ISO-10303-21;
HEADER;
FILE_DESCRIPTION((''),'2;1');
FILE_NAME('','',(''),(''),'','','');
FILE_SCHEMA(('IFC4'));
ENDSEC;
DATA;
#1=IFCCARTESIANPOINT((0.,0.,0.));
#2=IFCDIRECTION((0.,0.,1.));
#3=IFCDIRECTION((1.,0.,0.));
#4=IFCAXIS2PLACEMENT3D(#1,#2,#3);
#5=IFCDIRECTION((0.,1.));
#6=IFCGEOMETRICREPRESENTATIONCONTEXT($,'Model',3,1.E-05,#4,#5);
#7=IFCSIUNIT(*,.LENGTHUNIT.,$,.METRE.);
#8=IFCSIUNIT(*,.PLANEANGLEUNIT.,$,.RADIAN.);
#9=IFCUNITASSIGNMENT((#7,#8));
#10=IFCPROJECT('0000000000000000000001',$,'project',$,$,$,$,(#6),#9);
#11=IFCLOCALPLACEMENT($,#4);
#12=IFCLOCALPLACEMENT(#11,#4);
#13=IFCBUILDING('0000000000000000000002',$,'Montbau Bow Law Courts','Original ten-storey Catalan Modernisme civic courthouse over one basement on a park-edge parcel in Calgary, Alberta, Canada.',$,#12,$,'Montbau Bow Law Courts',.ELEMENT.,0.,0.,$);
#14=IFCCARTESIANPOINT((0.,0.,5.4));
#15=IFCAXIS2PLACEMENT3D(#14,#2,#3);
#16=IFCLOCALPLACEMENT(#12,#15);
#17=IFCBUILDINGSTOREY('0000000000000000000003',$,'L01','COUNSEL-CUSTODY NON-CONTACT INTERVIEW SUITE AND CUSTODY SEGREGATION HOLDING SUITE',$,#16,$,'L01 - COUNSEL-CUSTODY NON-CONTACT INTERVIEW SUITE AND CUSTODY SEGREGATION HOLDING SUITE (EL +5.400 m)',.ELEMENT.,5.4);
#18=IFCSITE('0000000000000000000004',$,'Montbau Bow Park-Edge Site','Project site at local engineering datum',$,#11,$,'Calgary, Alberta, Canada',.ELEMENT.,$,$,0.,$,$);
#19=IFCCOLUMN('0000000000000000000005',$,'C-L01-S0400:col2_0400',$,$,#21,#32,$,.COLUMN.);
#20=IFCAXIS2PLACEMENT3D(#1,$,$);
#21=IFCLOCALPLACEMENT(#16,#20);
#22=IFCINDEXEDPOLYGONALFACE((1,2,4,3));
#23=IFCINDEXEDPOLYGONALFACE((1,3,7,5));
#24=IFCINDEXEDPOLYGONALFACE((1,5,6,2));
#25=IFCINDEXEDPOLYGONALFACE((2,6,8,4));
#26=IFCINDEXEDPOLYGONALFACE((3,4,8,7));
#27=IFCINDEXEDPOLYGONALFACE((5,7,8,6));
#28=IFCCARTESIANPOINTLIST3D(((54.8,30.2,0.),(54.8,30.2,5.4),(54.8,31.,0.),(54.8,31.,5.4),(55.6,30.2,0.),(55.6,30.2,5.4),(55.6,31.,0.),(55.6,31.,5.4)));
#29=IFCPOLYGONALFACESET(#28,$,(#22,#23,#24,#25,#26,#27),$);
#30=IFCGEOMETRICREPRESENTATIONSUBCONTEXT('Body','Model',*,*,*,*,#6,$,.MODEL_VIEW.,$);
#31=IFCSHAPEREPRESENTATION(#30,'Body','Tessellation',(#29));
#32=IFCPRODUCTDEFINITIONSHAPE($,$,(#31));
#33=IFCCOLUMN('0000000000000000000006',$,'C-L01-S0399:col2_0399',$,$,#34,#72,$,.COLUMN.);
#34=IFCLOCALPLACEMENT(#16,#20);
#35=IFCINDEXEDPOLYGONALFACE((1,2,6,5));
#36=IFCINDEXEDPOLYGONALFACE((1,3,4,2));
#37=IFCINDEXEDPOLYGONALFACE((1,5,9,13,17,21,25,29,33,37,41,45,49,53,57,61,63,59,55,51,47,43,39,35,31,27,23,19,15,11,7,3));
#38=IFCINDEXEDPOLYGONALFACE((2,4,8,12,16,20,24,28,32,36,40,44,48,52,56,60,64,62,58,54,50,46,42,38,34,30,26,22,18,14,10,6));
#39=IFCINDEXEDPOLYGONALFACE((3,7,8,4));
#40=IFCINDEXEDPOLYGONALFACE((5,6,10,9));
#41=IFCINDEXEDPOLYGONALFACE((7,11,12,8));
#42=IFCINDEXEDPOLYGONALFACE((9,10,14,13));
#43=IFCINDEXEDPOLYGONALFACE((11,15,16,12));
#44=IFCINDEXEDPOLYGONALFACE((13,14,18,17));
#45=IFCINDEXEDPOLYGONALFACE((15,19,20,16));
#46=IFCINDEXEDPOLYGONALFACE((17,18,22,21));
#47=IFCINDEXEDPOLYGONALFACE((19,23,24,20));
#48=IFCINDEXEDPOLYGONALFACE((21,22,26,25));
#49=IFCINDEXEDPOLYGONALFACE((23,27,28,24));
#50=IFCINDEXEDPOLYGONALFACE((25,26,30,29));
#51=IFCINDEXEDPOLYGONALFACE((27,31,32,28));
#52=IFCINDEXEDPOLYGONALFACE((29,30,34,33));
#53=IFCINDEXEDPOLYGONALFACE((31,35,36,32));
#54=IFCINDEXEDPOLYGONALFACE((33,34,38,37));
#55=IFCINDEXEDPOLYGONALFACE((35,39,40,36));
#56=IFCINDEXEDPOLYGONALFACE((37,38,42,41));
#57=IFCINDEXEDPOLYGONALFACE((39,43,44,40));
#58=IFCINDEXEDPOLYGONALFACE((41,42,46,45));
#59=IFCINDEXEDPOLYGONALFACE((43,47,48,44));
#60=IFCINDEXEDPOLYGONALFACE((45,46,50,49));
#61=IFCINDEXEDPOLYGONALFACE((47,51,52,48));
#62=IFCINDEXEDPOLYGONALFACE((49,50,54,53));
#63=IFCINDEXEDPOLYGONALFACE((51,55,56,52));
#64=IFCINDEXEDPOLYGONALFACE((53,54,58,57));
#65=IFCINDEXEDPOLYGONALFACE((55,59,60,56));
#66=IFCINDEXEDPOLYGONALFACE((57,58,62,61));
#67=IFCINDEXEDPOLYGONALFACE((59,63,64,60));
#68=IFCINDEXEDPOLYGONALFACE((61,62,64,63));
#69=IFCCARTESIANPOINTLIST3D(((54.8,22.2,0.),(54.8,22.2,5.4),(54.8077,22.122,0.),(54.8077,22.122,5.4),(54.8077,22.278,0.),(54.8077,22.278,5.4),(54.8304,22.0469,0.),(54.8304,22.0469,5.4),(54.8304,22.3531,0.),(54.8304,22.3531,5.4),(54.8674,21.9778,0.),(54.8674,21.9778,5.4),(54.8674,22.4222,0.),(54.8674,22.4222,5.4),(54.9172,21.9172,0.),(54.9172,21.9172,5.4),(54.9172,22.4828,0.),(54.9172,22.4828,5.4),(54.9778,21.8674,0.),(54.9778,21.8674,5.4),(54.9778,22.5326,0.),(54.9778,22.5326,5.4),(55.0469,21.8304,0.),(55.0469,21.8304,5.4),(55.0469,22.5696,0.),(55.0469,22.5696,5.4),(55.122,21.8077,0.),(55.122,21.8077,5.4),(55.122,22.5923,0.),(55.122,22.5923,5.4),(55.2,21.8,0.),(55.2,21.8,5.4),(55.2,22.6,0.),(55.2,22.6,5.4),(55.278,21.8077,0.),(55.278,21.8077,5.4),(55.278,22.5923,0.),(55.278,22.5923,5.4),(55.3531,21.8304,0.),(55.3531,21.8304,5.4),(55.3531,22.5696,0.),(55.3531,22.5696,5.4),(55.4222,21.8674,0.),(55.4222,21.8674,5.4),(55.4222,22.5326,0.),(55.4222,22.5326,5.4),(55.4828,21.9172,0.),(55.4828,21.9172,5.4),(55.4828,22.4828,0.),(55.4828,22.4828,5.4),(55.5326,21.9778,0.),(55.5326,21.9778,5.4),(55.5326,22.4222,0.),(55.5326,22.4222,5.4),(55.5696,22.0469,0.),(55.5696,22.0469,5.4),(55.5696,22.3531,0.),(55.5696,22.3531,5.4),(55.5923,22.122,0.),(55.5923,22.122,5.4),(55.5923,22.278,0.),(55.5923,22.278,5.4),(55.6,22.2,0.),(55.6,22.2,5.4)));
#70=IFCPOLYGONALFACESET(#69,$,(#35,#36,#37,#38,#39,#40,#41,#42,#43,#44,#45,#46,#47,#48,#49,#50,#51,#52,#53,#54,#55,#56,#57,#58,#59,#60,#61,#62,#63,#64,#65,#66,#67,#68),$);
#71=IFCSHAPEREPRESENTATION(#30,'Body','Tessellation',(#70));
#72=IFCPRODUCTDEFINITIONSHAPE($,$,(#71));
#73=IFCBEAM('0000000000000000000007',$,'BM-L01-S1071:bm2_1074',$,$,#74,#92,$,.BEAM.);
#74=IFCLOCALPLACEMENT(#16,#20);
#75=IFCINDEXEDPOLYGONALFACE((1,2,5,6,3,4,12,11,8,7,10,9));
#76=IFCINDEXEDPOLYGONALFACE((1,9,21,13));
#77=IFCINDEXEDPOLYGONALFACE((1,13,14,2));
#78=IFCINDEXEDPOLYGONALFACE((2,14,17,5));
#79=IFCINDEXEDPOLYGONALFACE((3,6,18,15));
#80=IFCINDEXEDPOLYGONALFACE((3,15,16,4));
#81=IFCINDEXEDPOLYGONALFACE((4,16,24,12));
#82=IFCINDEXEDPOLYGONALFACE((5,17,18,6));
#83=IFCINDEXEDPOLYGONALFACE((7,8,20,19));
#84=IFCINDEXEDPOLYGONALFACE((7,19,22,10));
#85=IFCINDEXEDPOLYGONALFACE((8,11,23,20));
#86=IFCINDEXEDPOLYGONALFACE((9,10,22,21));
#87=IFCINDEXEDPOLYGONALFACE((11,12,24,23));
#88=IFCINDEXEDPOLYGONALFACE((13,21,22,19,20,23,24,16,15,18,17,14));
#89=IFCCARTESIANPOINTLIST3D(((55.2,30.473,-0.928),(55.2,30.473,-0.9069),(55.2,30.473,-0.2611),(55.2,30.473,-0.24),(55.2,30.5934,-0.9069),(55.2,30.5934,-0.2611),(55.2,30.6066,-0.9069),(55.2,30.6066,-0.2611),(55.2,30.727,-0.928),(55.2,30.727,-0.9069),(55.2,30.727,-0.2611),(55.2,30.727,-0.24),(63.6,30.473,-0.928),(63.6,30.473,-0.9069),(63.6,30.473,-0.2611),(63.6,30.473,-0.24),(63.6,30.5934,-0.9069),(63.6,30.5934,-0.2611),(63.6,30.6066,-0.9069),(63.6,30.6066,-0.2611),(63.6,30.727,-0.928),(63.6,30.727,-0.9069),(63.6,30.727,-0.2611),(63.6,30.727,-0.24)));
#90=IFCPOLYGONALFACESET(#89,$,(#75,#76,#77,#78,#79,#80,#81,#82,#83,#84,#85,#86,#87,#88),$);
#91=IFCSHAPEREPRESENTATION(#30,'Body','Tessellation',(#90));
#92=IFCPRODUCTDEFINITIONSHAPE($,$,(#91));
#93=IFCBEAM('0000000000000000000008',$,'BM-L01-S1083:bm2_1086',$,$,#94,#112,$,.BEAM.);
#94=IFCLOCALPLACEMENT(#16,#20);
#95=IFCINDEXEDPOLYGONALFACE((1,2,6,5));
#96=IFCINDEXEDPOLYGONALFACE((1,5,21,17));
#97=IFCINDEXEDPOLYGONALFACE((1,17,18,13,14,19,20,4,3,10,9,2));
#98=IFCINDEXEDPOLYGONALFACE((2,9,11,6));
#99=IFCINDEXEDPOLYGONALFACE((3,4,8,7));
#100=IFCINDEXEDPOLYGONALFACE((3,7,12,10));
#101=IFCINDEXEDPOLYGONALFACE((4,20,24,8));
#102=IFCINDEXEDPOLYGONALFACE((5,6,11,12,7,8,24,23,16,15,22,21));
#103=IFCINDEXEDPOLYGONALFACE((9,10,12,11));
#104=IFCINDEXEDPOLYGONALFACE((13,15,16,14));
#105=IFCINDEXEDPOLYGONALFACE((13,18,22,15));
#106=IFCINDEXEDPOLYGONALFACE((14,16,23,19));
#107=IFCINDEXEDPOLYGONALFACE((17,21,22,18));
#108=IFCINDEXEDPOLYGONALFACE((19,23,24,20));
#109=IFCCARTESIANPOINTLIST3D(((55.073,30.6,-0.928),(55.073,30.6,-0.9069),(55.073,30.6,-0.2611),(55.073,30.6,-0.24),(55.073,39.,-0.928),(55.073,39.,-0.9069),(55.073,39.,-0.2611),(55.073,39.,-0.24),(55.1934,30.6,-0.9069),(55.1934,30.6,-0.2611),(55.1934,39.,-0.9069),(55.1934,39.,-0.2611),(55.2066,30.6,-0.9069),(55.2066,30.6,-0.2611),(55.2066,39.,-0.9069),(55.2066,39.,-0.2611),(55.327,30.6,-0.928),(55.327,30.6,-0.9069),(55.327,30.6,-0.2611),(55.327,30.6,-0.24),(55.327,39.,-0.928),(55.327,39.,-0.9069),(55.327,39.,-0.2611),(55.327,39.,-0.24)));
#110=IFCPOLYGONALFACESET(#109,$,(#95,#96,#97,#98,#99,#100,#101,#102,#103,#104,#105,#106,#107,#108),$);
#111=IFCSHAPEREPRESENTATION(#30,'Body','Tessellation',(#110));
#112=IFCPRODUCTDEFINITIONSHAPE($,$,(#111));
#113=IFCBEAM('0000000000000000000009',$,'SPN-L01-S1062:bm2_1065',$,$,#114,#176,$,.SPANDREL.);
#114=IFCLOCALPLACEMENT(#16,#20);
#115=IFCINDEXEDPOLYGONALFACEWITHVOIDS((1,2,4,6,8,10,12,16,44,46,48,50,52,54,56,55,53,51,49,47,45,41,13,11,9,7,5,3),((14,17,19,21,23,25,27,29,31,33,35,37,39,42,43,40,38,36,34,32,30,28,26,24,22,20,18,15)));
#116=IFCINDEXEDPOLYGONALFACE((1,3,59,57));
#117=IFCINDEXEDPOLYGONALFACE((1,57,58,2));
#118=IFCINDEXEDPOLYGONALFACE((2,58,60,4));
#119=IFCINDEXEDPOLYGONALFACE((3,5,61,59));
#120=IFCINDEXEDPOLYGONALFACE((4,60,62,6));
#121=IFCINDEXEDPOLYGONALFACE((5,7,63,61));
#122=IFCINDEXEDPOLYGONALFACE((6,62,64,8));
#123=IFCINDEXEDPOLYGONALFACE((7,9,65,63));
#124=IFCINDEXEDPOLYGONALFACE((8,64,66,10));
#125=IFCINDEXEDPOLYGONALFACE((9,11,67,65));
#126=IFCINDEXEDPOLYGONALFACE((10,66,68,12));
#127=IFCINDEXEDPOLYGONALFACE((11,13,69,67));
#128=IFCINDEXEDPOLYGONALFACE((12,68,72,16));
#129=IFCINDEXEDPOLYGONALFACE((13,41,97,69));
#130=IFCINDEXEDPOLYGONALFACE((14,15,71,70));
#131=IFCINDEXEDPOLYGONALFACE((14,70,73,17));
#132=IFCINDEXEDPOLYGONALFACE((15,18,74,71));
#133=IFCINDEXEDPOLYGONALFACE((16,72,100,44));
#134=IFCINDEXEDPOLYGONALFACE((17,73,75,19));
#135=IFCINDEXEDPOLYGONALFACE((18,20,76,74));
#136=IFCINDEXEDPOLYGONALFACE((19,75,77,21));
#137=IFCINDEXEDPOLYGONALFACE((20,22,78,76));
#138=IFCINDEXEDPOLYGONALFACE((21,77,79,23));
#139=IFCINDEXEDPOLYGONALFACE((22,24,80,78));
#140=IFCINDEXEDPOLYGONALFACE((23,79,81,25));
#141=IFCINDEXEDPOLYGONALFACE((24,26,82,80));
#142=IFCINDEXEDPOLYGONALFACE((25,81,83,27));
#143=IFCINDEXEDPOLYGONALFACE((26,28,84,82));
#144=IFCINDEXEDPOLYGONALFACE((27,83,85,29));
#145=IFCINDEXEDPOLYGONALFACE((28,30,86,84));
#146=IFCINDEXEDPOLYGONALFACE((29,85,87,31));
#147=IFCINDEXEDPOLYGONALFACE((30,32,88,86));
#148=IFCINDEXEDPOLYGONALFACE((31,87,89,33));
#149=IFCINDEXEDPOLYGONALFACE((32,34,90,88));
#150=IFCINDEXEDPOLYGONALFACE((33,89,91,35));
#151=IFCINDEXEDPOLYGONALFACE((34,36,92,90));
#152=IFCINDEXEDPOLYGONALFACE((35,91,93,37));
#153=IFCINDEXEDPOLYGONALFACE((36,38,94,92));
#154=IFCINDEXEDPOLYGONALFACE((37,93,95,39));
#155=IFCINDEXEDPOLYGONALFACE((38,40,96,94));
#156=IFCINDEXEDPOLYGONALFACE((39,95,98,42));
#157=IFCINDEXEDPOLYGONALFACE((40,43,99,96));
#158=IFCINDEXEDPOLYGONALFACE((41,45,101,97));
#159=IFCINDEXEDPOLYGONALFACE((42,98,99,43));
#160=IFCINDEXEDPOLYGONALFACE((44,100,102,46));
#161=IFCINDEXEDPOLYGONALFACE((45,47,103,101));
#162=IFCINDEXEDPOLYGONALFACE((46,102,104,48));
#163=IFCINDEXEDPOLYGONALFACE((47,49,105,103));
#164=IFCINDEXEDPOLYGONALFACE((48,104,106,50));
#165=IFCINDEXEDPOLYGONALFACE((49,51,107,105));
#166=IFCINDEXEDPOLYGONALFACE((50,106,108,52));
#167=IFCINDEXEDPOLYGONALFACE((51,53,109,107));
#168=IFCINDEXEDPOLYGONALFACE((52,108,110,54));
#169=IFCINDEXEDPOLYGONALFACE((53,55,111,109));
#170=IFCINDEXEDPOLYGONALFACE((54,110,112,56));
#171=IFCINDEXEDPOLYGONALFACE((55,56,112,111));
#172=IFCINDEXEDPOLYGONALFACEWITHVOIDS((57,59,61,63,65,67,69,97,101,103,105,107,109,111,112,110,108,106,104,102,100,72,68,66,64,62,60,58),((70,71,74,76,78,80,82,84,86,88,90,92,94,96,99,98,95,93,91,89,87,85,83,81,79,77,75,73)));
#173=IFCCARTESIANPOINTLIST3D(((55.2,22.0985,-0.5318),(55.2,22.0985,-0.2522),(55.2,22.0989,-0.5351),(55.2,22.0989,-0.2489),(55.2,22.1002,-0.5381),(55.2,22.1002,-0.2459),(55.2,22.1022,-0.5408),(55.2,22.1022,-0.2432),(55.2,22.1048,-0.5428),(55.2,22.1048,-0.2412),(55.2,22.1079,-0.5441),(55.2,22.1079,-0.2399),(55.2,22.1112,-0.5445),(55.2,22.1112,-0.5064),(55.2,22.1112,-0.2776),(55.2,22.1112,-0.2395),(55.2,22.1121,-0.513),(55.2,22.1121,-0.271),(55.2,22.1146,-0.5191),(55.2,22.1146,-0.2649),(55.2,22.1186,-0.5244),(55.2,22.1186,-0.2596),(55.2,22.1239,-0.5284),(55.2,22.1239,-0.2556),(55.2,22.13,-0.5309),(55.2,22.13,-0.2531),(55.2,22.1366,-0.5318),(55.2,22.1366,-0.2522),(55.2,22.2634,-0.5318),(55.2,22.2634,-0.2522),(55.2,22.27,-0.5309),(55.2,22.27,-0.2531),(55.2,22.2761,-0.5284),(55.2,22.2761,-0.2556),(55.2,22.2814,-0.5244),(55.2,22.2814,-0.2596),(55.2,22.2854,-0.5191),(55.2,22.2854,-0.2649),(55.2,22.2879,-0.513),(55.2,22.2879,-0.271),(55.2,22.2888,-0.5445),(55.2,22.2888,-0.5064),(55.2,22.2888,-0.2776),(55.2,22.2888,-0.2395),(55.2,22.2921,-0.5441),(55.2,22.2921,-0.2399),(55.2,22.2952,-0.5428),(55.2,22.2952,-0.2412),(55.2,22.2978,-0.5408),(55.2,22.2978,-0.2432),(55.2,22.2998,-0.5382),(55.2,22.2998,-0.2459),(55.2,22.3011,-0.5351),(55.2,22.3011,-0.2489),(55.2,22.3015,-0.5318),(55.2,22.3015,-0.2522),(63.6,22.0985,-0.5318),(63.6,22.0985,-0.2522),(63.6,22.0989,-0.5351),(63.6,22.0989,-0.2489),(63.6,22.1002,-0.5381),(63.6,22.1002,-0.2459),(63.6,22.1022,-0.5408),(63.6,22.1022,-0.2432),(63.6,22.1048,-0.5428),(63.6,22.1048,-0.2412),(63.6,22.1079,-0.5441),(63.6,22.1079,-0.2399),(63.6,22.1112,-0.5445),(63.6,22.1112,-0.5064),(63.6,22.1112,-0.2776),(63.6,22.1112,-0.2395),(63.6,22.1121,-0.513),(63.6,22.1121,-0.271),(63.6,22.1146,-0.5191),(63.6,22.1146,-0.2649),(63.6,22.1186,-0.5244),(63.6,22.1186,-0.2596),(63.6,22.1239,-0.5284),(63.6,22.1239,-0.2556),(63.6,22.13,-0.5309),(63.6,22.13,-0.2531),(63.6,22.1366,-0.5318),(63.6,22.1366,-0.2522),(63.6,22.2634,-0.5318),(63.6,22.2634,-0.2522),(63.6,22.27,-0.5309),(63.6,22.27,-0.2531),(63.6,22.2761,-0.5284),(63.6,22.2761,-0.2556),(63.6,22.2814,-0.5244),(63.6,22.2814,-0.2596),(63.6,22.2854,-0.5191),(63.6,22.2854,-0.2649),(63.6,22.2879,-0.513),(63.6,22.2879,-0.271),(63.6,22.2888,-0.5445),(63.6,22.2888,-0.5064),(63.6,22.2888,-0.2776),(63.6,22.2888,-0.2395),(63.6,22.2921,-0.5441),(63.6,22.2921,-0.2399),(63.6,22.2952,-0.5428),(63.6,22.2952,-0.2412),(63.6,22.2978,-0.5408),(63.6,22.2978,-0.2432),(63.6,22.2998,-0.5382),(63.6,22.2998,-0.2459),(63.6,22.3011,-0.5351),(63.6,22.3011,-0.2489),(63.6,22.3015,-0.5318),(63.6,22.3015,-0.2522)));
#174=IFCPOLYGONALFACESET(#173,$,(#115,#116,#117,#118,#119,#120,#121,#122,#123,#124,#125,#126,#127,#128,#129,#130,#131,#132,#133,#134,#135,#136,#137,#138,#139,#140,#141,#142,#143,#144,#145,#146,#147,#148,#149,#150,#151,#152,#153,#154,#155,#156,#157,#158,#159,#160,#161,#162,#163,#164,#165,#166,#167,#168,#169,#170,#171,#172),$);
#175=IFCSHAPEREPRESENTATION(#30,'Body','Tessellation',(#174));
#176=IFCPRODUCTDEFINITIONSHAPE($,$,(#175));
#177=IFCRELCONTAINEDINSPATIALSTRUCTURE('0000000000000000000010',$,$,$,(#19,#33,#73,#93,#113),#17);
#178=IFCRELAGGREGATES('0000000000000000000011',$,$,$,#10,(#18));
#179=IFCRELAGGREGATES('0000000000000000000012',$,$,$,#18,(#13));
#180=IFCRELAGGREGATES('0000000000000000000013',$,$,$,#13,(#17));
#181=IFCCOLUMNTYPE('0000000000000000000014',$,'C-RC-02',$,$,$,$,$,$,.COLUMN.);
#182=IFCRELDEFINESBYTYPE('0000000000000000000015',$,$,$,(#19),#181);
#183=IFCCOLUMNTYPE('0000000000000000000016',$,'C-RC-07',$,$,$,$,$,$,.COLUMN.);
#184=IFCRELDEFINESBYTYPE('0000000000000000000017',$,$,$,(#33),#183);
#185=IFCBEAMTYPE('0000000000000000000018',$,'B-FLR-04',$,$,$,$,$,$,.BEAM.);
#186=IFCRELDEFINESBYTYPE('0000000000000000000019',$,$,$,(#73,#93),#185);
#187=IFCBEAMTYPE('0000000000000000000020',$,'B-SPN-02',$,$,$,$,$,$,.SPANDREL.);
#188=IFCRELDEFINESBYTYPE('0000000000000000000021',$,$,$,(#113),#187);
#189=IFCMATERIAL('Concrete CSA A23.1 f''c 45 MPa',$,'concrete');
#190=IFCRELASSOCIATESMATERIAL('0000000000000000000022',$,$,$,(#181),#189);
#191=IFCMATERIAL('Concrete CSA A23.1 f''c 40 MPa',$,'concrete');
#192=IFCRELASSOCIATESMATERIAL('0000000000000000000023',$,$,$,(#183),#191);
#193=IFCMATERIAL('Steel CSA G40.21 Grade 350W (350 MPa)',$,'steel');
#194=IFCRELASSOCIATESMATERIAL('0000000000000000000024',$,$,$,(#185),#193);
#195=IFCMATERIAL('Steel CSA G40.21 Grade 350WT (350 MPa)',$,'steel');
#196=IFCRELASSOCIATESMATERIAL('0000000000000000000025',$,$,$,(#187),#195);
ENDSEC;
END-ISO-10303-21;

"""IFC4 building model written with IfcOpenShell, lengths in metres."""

from ifc_helpers import new_model, si_unit, direction, frame, origin_with_axes, origin_2d_with_axis, place, context, subcontext, project, spatial, rectangle, hollow_rectangle, circle, i_section, extrude, material, material_profile, profile_set, type_object, element, save


model = new_model("IFC4")

# Units and contexts
model_context = context("Model", 3, precision=1e-05, world=origin_with_axes(), true_north=direction((0.0, 1.0)))
body_context = subcontext(model_context, "Body", "Model", "MODEL_VIEW")
ifc_project = project(units=[si_unit("LENGTHUNIT", "METRE"), si_unit("PLANEANGLEUNIT", "RADIAN")], contexts=[model_context])

# Site, building, storey
site_placement = place(None, origin_with_axes())
site = spatial("IfcSite", under=ifc_project, at=site_placement, Name="Montbau Bow Park-Edge Site", Description="Project site at local engineering datum", LongName="Calgary, Alberta, Canada", CompositionType="ELEMENT", RefElevation=0.0)
building_placement = place(site_placement, origin_with_axes())
building = spatial("IfcBuilding", under=site, at=building_placement, Name="Montbau Bow Law Courts", Description="Original ten-storey Catalan Modernisme civic courthouse over one basement on a park-edge parcel in Calgary, Alberta, Canada.", LongName="Montbau Bow Law Courts", CompositionType="ELEMENT", ElevationOfRefHeight=0.0, ElevationOfTerrain=0.0)
storey_placement = place(building_placement, frame((0.0, 0.0, 5.4), z_axis=(0.0, 0.0, 1.0), x_axis=(1.0, 0.0, 0.0)))
storey = spatial("IfcBuildingStorey", under=building, at=storey_placement, Name="L01", Description="COUNSEL-CUSTODY NON-CONTACT INTERVIEW SUITE AND CUSTODY SEGREGATION HOLDING SUITE", LongName="L01 - COUNSEL-CUSTODY NON-CONTACT INTERVIEW SUITE AND CUSTODY SEGREGATION HOLDING SUITE (EL +5.400 m)", CompositionType="ELEMENT", Elevation=5.4)

# Columns
ifc_material_1 = material(Name="Concrete CSA A23.1 f'c 45 MPa", Category="concrete")
ifc_material_profile_1 = material_profile(ifc_material_1, rectangle(XDim=0.8, YDim=0.8, at=origin_2d_with_axis()), Name="RC800X800", Category="Main", Priority=0)
ifc_profile_set_1 = profile_set([ifc_material_profile_1], Name="Concrete CSA A23.1 f'c 45 MPa")
column_type_1 = type_object("IfcColumnType", Name="C-RC-02", PredefinedType="COLUMN", material=ifc_profile_set_1)
column_1_placement = place(None, frame((55.2, 30.6, 5.4), z_axis=(0.0, 0.0, 1.0), x_axis=(1.0, 0.0, 0.0)))
element("IfcColumn", 1, at=column_1_placement, inside=storey, type_object=column_type_1, Name="C-L01-S0400:col2_0400", PredefinedType="COLUMN", context=body_context, shape_type="SweptSolid", body=[
    extrude(rectangle(XDim=0.8, YDim=0.8, at=origin_2d_with_axis()), origin_with_axes(), (0.0, 0.0, 1.0), 5.4),
])
ifc_material_2 = material(Name="Concrete CSA A23.1 f'c 40 MPa", Category="concrete")
ifc_material_profile_2 = material_profile(ifc_material_2, circle(Radius=0.4, at=origin_2d_with_axis()), Name="RC800D", Category="Main", Priority=0)
ifc_profile_set_2 = profile_set([ifc_material_profile_2], Name="Concrete CSA A23.1 f'c 40 MPa")
column_type_2 = type_object("IfcColumnType", Name="C-RC-07", PredefinedType="COLUMN", material=ifc_profile_set_2)
column_2_placement = place(None, frame((55.2, 22.2, 5.4), z_axis=(0.0, 0.0, 1.0), x_axis=(1.0, 0.0, 0.0)))
element("IfcColumn", 2, at=column_2_placement, inside=storey, type_object=column_type_2, Name="C-L01-S0399:col2_0399", PredefinedType="COLUMN", context=body_context, shape_type="SweptSolid", body=[
    extrude(circle(Radius=0.4, at=origin_2d_with_axis()), origin_with_axes(), (0.0, 0.0, 1.0), 5.4),
])

# Beams
ifc_material_3 = material(Name="Steel CSA G40.21 Grade 350W (350 MPa)", Category="steel")
ifc_material_profile_3 = material_profile(ifc_material_3, i_section(OverallWidth=0.254, OverallDepth=0.688, WebThickness=0.0131, FlangeThickness=0.0211, at=origin_2d_with_axis()), Name="W690X152", Category="Main", Priority=0)
ifc_profile_set_3 = profile_set([ifc_material_profile_3], Name="Steel CSA G40.21 Grade 350W (350 MPa)")
beam_type_1 = type_object("IfcBeamType", Name="B-FLR-04", PredefinedType="BEAM", material=ifc_profile_set_3)
for number, where, z_axis, x_axis, name in (
    (3, (55.2, 30.6, 4.816), (1.0, 0.0, 0.0), (0.0, 1.0, 0.0), "BM-L01-S1071:bm2_1074"),
    (4, (55.2, 30.6, 4.816), (0.0, 1.0, 0.0), (-1.0, 0.0, 0.0), "BM-L01-S1083:bm2_1086"),
):
    element("IfcBeam", number, at=place(None, frame(where, z_axis=z_axis, x_axis=x_axis)), inside=storey, type_object=beam_type_1, Name=name, PredefinedType="BEAM", context=body_context, shape_type="SweptSolid", body=[
        extrude(i_section(OverallWidth=0.254, OverallDepth=0.688, WebThickness=0.0131, FlangeThickness=0.0211, at=origin_2d_with_axis()), origin_with_axes(), (0.0, 0.0, 1.0), 8.4),
    ])
ifc_material_4 = material(Name="Steel CSA G40.21 Grade 350WT (350 MPa)", Category="steel")
ifc_material_profile_4 = material_profile(ifc_material_4, hollow_rectangle(XDim=0.203, YDim=0.305, WallThickness=0.0127, InnerFilletRadius=0.0254, OuterFilletRadius=0.0127, at=origin_2d_with_axis()), Name="HSS305X203X13", Category="Main", Priority=0)
ifc_profile_set_4 = profile_set([ifc_material_profile_4], Name="Steel CSA G40.21 Grade 350WT (350 MPa)")
beam_type_2 = type_object("IfcBeamType", Name="B-SPN-02", PredefinedType="SPANDREL", material=ifc_profile_set_4)
beam_placement = place(None, frame((55.2, 22.2, 5.008), z_axis=(1.0, 0.0, 0.0), x_axis=(0.0, 1.0, 0.0)))
element("IfcBeam", 5, at=beam_placement, inside=storey, type_object=beam_type_2, Name="SPN-L01-S1062:bm2_1065", PredefinedType="SPANDREL", context=body_context, shape_type="SweptSolid", body=[
    extrude(hollow_rectangle(XDim=0.203, YDim=0.305, WallThickness=0.0127, InnerFilletRadius=0.0254, OuterFilletRadius=0.0127, at=origin_2d_with_axis()), origin_with_axes(), (0.0, 0.0, 1.0), 8.4),
])

save(model, "model.ifc")
